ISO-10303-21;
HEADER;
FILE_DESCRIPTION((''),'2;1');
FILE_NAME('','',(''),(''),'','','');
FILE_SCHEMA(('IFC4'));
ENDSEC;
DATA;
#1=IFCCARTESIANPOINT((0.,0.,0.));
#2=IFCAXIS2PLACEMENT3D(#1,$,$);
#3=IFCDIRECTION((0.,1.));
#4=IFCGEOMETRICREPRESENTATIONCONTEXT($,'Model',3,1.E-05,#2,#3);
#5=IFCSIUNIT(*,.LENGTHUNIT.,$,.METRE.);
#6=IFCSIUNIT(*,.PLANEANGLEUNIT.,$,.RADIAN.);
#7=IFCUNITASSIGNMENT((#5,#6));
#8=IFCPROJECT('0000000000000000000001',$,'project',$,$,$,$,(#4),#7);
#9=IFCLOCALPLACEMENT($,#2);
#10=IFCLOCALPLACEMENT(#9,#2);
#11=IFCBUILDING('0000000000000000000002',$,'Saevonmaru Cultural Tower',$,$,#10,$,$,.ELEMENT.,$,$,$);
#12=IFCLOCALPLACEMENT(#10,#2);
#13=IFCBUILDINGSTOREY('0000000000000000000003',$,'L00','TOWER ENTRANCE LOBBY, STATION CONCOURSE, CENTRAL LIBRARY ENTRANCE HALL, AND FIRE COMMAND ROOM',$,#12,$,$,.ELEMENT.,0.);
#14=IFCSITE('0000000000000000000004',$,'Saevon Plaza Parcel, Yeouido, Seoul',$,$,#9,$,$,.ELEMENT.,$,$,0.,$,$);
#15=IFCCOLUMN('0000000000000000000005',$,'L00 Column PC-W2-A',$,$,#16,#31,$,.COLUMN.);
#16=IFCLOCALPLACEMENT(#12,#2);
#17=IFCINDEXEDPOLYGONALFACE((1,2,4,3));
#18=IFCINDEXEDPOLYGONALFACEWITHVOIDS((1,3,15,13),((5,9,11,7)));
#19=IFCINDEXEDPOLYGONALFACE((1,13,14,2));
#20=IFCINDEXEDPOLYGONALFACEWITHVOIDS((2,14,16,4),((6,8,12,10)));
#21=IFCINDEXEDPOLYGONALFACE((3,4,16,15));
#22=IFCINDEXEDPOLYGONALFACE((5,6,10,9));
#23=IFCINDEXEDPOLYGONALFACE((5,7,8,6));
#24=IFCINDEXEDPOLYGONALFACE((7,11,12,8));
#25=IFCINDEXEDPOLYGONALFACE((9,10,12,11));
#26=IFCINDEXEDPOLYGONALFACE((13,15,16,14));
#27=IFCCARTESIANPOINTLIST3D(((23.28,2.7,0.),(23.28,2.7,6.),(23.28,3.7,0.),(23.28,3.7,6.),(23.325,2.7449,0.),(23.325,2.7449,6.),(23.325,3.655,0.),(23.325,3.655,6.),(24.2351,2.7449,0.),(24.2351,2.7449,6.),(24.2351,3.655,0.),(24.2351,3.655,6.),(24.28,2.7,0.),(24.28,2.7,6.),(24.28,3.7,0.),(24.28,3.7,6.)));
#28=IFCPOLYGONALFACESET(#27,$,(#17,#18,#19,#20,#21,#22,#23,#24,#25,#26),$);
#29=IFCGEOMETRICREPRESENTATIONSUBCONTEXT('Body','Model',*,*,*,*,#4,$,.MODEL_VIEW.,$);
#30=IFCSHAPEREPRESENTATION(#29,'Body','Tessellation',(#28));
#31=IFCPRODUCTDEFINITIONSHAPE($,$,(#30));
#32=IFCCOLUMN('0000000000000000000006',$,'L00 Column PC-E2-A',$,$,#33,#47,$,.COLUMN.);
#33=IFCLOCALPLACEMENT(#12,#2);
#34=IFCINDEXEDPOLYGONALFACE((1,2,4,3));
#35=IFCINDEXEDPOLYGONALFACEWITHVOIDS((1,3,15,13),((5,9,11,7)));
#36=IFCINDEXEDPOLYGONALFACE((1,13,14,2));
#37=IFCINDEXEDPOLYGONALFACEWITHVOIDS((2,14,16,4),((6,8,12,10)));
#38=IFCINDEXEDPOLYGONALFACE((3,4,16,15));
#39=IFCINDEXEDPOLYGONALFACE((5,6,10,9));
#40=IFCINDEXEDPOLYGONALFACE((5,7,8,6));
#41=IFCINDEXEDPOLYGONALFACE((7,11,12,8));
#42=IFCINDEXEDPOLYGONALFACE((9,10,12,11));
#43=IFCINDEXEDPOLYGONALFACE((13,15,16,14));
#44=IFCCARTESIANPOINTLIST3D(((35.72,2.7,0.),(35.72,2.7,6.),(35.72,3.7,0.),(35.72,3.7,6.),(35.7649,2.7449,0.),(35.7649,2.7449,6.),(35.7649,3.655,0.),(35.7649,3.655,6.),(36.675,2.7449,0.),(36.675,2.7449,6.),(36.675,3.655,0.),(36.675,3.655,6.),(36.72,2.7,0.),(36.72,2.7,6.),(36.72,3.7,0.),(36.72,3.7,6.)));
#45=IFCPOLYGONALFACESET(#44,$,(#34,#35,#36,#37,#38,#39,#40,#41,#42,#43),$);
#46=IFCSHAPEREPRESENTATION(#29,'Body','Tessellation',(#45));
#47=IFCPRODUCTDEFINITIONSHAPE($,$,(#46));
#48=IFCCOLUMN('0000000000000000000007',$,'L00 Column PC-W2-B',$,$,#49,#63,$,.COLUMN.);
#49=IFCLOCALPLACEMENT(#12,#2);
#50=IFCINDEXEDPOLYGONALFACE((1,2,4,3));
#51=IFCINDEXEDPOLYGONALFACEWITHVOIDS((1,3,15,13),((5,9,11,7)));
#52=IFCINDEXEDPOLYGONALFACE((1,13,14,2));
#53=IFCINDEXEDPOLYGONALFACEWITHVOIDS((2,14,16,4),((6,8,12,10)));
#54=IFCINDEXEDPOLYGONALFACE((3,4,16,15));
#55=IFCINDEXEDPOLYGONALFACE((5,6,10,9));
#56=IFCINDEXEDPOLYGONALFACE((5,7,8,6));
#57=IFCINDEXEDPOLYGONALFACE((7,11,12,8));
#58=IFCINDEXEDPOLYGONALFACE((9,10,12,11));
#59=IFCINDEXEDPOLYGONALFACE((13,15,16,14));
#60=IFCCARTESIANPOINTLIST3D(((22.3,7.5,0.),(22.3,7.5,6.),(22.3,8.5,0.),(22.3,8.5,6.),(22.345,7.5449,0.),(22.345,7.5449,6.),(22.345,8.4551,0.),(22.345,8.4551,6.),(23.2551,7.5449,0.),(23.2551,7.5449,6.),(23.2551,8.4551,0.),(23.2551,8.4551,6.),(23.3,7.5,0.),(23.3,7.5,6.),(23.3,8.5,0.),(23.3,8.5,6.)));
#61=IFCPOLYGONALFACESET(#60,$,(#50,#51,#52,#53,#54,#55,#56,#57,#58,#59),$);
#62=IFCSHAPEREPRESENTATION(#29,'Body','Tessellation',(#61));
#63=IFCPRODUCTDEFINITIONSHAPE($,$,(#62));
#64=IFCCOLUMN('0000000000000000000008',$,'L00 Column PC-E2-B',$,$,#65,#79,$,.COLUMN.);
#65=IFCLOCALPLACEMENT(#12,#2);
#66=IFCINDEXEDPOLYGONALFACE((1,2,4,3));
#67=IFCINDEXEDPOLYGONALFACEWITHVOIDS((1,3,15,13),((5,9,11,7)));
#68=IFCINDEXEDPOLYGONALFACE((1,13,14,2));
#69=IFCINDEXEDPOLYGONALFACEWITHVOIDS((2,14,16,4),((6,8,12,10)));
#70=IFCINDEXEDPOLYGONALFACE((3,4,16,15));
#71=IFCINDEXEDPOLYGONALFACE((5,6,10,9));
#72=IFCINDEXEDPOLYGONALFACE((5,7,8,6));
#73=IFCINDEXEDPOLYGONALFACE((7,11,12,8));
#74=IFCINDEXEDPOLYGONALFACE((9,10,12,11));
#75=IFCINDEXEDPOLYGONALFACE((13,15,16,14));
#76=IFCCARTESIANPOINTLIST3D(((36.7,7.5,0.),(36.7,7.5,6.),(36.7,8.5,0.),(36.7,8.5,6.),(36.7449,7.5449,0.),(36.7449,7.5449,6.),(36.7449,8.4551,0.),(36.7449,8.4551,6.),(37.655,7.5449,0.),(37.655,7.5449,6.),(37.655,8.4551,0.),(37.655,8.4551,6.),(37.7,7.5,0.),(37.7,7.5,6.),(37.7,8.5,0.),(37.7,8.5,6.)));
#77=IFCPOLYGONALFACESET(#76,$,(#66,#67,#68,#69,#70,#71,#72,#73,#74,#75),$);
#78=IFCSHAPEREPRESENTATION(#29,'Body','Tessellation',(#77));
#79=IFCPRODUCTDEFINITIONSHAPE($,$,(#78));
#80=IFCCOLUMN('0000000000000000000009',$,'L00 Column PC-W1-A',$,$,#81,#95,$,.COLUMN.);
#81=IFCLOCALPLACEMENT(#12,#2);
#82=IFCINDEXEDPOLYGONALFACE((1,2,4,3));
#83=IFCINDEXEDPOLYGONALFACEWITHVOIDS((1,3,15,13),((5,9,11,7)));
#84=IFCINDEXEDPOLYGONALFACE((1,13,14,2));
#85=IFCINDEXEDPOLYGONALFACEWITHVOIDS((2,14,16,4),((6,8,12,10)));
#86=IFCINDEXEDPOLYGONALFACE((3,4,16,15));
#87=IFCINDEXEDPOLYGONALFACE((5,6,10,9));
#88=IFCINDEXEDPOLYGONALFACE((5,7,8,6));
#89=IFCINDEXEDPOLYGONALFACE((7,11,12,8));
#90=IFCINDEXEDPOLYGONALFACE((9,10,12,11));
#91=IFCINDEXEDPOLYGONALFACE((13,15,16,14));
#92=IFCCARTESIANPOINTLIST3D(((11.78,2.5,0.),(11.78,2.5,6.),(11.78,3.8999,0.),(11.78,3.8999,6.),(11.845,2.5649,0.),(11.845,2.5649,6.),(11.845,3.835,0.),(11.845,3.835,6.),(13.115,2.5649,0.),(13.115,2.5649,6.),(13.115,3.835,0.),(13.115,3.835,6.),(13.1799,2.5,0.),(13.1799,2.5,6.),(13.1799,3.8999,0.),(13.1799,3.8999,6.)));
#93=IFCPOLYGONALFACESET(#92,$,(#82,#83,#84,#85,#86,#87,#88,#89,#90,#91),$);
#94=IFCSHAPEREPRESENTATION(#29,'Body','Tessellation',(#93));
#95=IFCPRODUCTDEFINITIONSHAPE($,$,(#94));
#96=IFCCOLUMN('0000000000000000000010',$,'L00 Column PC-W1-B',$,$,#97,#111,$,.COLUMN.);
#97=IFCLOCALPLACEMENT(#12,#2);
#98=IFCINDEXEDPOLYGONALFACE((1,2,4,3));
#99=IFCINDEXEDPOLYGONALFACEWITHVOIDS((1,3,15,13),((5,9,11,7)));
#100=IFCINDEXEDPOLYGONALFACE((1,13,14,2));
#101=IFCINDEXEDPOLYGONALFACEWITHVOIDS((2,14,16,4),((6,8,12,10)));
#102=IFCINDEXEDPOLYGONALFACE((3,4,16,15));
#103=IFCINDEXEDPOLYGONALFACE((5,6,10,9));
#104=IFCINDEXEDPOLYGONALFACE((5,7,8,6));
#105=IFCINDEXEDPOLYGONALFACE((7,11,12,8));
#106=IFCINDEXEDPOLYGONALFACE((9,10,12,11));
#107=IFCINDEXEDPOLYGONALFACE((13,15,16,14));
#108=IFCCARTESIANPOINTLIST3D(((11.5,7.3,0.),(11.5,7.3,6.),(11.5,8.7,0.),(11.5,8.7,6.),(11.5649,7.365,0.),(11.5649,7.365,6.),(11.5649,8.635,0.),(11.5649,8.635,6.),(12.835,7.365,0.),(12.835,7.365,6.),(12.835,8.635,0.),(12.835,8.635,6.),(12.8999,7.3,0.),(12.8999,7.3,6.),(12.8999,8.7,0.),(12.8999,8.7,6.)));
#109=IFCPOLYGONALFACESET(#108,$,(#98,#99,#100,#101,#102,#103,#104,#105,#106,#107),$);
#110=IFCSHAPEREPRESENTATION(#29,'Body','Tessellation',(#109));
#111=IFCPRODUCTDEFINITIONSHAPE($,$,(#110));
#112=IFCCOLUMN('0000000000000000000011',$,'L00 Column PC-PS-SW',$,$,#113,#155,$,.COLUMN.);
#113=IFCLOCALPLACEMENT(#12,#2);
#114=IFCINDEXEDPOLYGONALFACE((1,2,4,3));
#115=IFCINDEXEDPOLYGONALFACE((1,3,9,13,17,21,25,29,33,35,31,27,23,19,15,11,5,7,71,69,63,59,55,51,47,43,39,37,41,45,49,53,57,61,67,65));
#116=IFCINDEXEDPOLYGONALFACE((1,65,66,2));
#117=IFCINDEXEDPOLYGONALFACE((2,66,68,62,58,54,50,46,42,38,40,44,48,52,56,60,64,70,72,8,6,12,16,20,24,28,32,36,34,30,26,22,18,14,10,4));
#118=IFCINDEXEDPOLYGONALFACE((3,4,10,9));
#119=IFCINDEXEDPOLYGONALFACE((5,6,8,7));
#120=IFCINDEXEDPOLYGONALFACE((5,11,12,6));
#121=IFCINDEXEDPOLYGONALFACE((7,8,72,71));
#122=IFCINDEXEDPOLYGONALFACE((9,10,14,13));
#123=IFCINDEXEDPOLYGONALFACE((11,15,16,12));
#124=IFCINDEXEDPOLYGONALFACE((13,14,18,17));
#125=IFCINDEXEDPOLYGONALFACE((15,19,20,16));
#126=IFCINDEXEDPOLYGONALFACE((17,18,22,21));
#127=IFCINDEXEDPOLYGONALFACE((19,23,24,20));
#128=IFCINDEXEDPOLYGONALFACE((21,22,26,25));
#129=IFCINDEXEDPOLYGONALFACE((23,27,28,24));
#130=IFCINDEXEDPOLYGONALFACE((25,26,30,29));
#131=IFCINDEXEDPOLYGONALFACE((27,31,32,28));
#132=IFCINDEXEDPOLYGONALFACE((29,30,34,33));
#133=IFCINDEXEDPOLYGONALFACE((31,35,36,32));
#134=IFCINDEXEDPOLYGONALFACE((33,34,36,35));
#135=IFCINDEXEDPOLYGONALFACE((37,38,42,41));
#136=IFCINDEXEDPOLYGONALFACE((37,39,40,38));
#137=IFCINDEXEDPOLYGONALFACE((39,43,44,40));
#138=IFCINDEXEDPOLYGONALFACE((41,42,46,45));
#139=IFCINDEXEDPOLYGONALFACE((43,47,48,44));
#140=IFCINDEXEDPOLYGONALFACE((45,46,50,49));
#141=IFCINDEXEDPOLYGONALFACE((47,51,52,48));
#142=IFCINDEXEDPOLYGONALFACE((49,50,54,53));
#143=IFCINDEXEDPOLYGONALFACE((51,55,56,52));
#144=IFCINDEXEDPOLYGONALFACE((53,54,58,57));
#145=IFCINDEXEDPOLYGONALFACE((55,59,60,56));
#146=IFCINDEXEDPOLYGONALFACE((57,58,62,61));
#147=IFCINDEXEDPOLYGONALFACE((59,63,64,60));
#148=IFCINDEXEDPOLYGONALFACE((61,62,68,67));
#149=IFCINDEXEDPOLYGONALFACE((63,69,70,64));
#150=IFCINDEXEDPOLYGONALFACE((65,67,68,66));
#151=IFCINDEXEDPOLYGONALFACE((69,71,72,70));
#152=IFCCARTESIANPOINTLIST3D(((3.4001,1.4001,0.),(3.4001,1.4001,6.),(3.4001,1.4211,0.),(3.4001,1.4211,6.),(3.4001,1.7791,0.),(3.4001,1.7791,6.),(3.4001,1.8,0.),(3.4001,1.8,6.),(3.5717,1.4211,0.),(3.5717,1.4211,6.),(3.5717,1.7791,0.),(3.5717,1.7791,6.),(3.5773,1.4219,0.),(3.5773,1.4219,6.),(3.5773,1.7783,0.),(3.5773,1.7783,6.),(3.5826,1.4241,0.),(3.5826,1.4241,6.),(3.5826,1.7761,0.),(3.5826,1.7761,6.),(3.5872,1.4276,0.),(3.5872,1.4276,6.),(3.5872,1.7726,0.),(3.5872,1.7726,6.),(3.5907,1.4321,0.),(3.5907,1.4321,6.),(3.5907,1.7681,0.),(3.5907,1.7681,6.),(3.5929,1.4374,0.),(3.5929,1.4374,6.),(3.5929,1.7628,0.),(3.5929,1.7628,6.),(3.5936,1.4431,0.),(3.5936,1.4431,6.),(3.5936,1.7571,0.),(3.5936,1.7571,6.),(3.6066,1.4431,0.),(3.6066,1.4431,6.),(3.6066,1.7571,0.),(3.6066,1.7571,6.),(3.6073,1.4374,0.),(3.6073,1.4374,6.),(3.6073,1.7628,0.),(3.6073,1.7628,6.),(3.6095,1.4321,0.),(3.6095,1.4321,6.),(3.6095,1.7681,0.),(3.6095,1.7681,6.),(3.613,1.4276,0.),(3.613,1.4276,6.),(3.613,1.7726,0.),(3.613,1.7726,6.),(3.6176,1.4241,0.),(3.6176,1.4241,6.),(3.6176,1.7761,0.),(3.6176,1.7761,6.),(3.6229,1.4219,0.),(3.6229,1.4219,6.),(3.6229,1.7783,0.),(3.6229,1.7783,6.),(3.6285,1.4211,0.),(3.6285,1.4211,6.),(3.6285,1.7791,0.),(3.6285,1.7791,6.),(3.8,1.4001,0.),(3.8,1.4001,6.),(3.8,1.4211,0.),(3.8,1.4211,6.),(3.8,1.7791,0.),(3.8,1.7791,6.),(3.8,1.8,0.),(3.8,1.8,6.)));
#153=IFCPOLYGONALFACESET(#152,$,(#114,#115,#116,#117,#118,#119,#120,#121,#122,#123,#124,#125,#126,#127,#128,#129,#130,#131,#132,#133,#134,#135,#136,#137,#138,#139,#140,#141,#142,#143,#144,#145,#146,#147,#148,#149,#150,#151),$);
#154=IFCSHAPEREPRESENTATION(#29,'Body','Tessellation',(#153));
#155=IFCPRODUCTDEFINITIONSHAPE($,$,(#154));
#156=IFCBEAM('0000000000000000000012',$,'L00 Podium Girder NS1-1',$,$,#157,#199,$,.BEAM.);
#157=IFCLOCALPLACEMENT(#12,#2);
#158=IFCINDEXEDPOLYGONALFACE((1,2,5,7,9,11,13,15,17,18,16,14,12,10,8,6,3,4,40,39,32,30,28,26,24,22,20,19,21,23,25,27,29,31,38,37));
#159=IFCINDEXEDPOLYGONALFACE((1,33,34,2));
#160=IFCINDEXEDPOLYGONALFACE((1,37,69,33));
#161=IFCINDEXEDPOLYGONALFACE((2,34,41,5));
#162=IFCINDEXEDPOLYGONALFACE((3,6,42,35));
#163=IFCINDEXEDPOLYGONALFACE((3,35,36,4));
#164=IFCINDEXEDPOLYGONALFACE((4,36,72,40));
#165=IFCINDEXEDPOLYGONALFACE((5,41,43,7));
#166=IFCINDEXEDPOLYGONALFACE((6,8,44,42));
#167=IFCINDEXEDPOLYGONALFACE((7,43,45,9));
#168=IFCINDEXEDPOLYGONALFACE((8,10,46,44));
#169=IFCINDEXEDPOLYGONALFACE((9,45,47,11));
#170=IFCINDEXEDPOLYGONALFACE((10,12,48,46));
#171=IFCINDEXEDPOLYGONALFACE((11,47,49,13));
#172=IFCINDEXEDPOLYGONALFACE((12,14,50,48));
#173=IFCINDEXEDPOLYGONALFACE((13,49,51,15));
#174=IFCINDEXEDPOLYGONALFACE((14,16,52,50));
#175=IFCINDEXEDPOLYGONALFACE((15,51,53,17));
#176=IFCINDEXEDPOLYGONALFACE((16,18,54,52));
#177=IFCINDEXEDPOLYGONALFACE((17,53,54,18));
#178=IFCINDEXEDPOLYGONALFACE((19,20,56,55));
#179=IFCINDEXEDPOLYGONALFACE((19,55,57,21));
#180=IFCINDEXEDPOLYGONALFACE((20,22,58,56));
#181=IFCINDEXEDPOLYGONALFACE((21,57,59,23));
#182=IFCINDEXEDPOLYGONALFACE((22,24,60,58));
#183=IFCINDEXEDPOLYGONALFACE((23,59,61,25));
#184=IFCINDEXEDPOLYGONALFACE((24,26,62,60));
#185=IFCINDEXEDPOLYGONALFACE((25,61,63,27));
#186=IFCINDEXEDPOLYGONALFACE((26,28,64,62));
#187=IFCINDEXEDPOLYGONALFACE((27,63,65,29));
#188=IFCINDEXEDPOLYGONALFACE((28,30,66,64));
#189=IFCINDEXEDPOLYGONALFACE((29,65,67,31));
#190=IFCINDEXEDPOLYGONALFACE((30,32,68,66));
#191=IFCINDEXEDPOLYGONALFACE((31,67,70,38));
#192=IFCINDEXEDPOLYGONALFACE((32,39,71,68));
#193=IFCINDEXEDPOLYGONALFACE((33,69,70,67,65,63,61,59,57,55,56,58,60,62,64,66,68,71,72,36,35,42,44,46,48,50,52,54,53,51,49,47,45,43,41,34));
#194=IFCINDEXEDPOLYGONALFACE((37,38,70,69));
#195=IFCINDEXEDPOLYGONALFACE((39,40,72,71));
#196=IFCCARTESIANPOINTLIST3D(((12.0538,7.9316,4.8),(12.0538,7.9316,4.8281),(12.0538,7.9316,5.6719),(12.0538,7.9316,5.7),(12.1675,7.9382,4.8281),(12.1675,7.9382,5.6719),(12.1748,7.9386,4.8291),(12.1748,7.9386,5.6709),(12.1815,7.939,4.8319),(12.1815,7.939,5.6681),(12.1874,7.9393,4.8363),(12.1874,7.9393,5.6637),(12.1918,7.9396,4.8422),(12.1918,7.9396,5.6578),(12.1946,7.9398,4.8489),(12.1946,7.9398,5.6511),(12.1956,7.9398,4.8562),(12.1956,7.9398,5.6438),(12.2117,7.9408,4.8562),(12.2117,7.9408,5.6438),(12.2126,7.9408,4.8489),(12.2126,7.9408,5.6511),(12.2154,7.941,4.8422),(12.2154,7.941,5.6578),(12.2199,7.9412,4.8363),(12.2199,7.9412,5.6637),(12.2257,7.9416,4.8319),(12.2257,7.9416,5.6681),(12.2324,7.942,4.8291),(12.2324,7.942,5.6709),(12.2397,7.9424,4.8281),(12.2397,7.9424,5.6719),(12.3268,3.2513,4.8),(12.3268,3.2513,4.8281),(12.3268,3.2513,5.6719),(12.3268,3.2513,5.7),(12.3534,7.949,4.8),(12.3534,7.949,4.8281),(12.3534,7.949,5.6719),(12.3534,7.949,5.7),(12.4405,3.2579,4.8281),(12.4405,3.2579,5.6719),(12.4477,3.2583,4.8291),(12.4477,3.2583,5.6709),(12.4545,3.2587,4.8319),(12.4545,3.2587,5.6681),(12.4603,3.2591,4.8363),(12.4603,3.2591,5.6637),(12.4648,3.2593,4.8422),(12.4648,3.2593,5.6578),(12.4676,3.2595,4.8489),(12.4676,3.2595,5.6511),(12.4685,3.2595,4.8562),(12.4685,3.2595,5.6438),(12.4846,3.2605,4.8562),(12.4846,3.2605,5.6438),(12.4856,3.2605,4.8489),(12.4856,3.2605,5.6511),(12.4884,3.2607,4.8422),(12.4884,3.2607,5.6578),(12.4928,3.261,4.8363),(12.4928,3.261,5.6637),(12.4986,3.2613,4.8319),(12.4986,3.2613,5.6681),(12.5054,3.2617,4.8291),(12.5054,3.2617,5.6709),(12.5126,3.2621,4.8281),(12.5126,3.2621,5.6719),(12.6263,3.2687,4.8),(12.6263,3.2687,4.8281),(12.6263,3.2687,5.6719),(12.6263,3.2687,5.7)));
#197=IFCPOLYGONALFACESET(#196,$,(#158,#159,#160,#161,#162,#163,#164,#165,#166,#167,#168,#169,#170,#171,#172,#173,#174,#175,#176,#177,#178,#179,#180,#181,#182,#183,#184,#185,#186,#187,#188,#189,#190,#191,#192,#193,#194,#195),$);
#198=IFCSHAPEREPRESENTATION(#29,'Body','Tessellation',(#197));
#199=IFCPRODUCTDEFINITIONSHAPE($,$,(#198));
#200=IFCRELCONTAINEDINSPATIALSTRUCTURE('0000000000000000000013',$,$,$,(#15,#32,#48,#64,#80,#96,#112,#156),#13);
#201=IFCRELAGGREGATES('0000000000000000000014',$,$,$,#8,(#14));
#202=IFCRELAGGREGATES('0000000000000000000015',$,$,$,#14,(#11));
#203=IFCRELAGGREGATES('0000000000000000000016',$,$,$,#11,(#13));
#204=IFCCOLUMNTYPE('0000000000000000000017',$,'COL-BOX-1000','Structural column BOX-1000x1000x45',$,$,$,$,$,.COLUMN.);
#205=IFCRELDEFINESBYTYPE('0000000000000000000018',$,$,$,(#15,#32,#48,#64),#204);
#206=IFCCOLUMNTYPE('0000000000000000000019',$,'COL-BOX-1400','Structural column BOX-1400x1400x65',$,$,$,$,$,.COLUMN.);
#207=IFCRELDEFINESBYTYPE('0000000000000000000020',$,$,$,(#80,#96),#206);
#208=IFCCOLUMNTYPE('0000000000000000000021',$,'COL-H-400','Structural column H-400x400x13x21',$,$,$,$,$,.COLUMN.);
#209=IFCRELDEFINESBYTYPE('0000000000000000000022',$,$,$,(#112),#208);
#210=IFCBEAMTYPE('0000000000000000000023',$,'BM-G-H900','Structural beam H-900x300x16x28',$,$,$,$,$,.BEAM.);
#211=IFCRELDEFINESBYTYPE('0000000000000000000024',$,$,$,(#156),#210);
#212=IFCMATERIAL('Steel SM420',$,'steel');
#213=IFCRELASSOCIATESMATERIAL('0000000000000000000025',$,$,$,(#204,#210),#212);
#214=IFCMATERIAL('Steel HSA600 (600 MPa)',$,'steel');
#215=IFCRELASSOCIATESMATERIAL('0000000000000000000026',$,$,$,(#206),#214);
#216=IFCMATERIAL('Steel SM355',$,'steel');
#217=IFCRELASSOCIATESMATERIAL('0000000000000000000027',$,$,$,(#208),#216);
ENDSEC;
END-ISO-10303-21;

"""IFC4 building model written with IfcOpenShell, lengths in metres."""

from ifc_helpers import new_model, si_unit, direction, frame, origin, origin_2d, place, context, subcontext, project, spatial, hollow_rectangle, i_section, extrude, material, material_profile, profile_set, type_object, element, save


model = new_model("IFC4")

# Units and contexts
model_context = context("Model", 3, precision=1e-05, world=origin(), true_north=direction((0.0, 1.0)))
body_context = subcontext(model_context, "Body", "Model", "MODEL_VIEW")
ifc_project = project(units=[si_unit("LENGTHUNIT", "METRE"), si_unit("PLANEANGLEUNIT", "RADIAN")], contexts=[model_context])

# Site, building, storey
site_placement = place(None, origin())
site = spatial("IfcSite", under=ifc_project, at=site_placement, Name="Saevon Plaza Parcel, Yeouido, Seoul", CompositionType="ELEMENT", RefElevation=0.0)
building_placement = place(site_placement, origin())
building = spatial("IfcBuilding", under=site, at=building_placement, Name="Saevonmaru Cultural Tower", CompositionType="ELEMENT")
storey_placement = place(building_placement, origin())
storey = spatial("IfcBuildingStorey", under=building, at=storey_placement, Name="L00", Description="TOWER ENTRANCE LOBBY, STATION CONCOURSE, CENTRAL LIBRARY ENTRANCE HALL, AND FIRE COMMAND ROOM", CompositionType="ELEMENT", Elevation=0.0)

# Columns
ifc_material_1 = material(Name="Steel SM420", Category="steel")
ifc_material_profile_1 = material_profile(ifc_material_1, hollow_rectangle(XDim=1.0, YDim=1.0, WallThickness=0.0449, at=origin_2d()), Name="BOX-1000x1000x45")
ifc_profile_set_1 = profile_set([ifc_material_profile_1], Name="Steel SM420")
column_type_1 = type_object("IfcColumnType", Name="COL-BOX-1000", Description="Structural column BOX-1000x1000x45", PredefinedType="COLUMN", material=ifc_profile_set_1)
for number, where, z_axis, x_axis, name in (
    (1, (23.78, 3.2, 0.0), (0.0, 0.0, 1.0), (1.0, 0.0, 0.0), "L00 Column PC-W2-A"),
    (2, (36.22, 3.2, 0.0), (0.0, 0.0, 1.0), (1.0, 0.0, 0.0), "L00 Column PC-E2-A"),
    (3, (22.8, 8.0, 0.0), (0.0, 0.0, 1.0), (1.0, 0.0, 0.0), "L00 Column PC-W2-B"),
    (4, (37.2, 8.0, 0.0), (0.0, 0.0, 1.0), (1.0, 0.0, 0.0), "L00 Column PC-E2-B"),
):
    element("IfcColumn", number, at=place(storey_placement, frame(where, z_axis=z_axis, x_axis=x_axis)), inside=storey, type_object=column_type_1, Name=name, PredefinedType="COLUMN", context=body_context, shape_type="SweptSolid", body=[
        extrude(hollow_rectangle(XDim=1.0, YDim=1.0, WallThickness=0.0449, at=origin_2d()), origin(), (0.0, 0.0, 1.0), 6.0),
    ])
ifc_material_2 = material(Name="Steel HSA600 (600 MPa)", Category="steel")
ifc_material_profile_2 = material_profile(ifc_material_2, hollow_rectangle(XDim=1.3999, YDim=1.3999, WallThickness=0.0649, at=origin_2d()), Name="BOX-1400x1400x65")
ifc_profile_set_2 = profile_set([ifc_material_profile_2], Name="Steel HSA600 (600 MPa)")
column_type_2 = type_object("IfcColumnType", Name="COL-BOX-1400", Description="Structural column BOX-1400x1400x65", PredefinedType="COLUMN", material=ifc_profile_set_2)
for number, where, z_axis, x_axis, name in (
    (5, (12.48, 3.2, 0.0), (0.0, 0.0, 1.0), (1.0, 0.0, 0.0), "L00 Column PC-W1-A"),
    (6, (12.2, 8.0, 0.0), (0.0, 0.0, 1.0), (1.0, 0.0, 0.0), "L00 Column PC-W1-B"),
):
    element("IfcColumn", number, at=place(storey_placement, frame(where, z_axis=z_axis, x_axis=x_axis)), inside=storey, type_object=column_type_2, Name=name, PredefinedType="COLUMN", context=body_context, shape_type="SweptSolid", body=[
        extrude(hollow_rectangle(XDim=1.3999, YDim=1.3999, WallThickness=0.0649, at=origin_2d()), origin(), (0.0, 0.0, 1.0), 6.0),
    ])
ifc_material_3 = material(Name="Steel SM355", Category="steel")
ifc_material_profile_3 = material_profile(ifc_material_3, i_section(OverallWidth=0.3999, OverallDepth=0.3999, WebThickness=0.0129, FlangeThickness=0.021, FilletRadius=0.022, at=origin_2d()), Name="H-400x400x13x21")
ifc_profile_set_3 = profile_set([ifc_material_profile_3], Name="Steel SM355")
column_type_3 = type_object("IfcColumnType", Name="COL-H-400", Description="Structural column H-400x400x13x21", PredefinedType="COLUMN", material=ifc_profile_set_3)
column_placement = place(storey_placement, frame((3.6001, 1.6001, 0.0), z_axis=(0.0, 0.0, 1.0), x_axis=(1.0, 0.0, 0.0)))
element("IfcColumn", 7, at=column_placement, inside=storey, type_object=column_type_3, Name="L00 Column PC-PS-SW", PredefinedType="COLUMN", context=body_context, shape_type="SweptSolid", body=[
    extrude(i_section(OverallWidth=0.3999, OverallDepth=0.3999, WebThickness=0.0129, FlangeThickness=0.021, FilletRadius=0.022, at=origin_2d()), origin(), (0.0, 0.0, 1.0), 6.0),
])

# Beam
ifc_material_profile_4 = material_profile(ifc_material_1, i_section(OverallWidth=0.3, OverallDepth=0.8999, WebThickness=0.0161, FlangeThickness=0.0281, FilletRadius=0.0281, at=origin_2d()), Name="H-900x300x16x28")
ifc_profile_set_4 = profile_set([ifc_material_profile_4], Name="Steel SM420")
beam_type_1 = type_object("IfcBeamType", Name="BM-G-H900", Description="Structural beam H-900x300x16x28", PredefinedType="BEAM", material=ifc_profile_set_4)
beam_1_placement = place(storey_placement, frame((12.4766, 3.26, 5.25), z_axis=(-0.058221, 0.998304, 0.0), x_axis=(-0.998304, -0.058221, 0.0)))
element("IfcBeam", 8, at=beam_1_placement, inside=storey, type_object=beam_type_1, Name="L00 Podium Girder NS1-1", PredefinedType="BEAM", context=body_context, shape_type="SweptSolid", body=[
    extrude(i_section(OverallWidth=0.3, OverallDepth=0.8999, WebThickness=0.0161, FlangeThickness=0.0281, FilletRadius=0.0281, at=origin_2d()), origin(), (0.0, 0.0, 1.0), 4.6882),
])

save(model, "model.ifc")
